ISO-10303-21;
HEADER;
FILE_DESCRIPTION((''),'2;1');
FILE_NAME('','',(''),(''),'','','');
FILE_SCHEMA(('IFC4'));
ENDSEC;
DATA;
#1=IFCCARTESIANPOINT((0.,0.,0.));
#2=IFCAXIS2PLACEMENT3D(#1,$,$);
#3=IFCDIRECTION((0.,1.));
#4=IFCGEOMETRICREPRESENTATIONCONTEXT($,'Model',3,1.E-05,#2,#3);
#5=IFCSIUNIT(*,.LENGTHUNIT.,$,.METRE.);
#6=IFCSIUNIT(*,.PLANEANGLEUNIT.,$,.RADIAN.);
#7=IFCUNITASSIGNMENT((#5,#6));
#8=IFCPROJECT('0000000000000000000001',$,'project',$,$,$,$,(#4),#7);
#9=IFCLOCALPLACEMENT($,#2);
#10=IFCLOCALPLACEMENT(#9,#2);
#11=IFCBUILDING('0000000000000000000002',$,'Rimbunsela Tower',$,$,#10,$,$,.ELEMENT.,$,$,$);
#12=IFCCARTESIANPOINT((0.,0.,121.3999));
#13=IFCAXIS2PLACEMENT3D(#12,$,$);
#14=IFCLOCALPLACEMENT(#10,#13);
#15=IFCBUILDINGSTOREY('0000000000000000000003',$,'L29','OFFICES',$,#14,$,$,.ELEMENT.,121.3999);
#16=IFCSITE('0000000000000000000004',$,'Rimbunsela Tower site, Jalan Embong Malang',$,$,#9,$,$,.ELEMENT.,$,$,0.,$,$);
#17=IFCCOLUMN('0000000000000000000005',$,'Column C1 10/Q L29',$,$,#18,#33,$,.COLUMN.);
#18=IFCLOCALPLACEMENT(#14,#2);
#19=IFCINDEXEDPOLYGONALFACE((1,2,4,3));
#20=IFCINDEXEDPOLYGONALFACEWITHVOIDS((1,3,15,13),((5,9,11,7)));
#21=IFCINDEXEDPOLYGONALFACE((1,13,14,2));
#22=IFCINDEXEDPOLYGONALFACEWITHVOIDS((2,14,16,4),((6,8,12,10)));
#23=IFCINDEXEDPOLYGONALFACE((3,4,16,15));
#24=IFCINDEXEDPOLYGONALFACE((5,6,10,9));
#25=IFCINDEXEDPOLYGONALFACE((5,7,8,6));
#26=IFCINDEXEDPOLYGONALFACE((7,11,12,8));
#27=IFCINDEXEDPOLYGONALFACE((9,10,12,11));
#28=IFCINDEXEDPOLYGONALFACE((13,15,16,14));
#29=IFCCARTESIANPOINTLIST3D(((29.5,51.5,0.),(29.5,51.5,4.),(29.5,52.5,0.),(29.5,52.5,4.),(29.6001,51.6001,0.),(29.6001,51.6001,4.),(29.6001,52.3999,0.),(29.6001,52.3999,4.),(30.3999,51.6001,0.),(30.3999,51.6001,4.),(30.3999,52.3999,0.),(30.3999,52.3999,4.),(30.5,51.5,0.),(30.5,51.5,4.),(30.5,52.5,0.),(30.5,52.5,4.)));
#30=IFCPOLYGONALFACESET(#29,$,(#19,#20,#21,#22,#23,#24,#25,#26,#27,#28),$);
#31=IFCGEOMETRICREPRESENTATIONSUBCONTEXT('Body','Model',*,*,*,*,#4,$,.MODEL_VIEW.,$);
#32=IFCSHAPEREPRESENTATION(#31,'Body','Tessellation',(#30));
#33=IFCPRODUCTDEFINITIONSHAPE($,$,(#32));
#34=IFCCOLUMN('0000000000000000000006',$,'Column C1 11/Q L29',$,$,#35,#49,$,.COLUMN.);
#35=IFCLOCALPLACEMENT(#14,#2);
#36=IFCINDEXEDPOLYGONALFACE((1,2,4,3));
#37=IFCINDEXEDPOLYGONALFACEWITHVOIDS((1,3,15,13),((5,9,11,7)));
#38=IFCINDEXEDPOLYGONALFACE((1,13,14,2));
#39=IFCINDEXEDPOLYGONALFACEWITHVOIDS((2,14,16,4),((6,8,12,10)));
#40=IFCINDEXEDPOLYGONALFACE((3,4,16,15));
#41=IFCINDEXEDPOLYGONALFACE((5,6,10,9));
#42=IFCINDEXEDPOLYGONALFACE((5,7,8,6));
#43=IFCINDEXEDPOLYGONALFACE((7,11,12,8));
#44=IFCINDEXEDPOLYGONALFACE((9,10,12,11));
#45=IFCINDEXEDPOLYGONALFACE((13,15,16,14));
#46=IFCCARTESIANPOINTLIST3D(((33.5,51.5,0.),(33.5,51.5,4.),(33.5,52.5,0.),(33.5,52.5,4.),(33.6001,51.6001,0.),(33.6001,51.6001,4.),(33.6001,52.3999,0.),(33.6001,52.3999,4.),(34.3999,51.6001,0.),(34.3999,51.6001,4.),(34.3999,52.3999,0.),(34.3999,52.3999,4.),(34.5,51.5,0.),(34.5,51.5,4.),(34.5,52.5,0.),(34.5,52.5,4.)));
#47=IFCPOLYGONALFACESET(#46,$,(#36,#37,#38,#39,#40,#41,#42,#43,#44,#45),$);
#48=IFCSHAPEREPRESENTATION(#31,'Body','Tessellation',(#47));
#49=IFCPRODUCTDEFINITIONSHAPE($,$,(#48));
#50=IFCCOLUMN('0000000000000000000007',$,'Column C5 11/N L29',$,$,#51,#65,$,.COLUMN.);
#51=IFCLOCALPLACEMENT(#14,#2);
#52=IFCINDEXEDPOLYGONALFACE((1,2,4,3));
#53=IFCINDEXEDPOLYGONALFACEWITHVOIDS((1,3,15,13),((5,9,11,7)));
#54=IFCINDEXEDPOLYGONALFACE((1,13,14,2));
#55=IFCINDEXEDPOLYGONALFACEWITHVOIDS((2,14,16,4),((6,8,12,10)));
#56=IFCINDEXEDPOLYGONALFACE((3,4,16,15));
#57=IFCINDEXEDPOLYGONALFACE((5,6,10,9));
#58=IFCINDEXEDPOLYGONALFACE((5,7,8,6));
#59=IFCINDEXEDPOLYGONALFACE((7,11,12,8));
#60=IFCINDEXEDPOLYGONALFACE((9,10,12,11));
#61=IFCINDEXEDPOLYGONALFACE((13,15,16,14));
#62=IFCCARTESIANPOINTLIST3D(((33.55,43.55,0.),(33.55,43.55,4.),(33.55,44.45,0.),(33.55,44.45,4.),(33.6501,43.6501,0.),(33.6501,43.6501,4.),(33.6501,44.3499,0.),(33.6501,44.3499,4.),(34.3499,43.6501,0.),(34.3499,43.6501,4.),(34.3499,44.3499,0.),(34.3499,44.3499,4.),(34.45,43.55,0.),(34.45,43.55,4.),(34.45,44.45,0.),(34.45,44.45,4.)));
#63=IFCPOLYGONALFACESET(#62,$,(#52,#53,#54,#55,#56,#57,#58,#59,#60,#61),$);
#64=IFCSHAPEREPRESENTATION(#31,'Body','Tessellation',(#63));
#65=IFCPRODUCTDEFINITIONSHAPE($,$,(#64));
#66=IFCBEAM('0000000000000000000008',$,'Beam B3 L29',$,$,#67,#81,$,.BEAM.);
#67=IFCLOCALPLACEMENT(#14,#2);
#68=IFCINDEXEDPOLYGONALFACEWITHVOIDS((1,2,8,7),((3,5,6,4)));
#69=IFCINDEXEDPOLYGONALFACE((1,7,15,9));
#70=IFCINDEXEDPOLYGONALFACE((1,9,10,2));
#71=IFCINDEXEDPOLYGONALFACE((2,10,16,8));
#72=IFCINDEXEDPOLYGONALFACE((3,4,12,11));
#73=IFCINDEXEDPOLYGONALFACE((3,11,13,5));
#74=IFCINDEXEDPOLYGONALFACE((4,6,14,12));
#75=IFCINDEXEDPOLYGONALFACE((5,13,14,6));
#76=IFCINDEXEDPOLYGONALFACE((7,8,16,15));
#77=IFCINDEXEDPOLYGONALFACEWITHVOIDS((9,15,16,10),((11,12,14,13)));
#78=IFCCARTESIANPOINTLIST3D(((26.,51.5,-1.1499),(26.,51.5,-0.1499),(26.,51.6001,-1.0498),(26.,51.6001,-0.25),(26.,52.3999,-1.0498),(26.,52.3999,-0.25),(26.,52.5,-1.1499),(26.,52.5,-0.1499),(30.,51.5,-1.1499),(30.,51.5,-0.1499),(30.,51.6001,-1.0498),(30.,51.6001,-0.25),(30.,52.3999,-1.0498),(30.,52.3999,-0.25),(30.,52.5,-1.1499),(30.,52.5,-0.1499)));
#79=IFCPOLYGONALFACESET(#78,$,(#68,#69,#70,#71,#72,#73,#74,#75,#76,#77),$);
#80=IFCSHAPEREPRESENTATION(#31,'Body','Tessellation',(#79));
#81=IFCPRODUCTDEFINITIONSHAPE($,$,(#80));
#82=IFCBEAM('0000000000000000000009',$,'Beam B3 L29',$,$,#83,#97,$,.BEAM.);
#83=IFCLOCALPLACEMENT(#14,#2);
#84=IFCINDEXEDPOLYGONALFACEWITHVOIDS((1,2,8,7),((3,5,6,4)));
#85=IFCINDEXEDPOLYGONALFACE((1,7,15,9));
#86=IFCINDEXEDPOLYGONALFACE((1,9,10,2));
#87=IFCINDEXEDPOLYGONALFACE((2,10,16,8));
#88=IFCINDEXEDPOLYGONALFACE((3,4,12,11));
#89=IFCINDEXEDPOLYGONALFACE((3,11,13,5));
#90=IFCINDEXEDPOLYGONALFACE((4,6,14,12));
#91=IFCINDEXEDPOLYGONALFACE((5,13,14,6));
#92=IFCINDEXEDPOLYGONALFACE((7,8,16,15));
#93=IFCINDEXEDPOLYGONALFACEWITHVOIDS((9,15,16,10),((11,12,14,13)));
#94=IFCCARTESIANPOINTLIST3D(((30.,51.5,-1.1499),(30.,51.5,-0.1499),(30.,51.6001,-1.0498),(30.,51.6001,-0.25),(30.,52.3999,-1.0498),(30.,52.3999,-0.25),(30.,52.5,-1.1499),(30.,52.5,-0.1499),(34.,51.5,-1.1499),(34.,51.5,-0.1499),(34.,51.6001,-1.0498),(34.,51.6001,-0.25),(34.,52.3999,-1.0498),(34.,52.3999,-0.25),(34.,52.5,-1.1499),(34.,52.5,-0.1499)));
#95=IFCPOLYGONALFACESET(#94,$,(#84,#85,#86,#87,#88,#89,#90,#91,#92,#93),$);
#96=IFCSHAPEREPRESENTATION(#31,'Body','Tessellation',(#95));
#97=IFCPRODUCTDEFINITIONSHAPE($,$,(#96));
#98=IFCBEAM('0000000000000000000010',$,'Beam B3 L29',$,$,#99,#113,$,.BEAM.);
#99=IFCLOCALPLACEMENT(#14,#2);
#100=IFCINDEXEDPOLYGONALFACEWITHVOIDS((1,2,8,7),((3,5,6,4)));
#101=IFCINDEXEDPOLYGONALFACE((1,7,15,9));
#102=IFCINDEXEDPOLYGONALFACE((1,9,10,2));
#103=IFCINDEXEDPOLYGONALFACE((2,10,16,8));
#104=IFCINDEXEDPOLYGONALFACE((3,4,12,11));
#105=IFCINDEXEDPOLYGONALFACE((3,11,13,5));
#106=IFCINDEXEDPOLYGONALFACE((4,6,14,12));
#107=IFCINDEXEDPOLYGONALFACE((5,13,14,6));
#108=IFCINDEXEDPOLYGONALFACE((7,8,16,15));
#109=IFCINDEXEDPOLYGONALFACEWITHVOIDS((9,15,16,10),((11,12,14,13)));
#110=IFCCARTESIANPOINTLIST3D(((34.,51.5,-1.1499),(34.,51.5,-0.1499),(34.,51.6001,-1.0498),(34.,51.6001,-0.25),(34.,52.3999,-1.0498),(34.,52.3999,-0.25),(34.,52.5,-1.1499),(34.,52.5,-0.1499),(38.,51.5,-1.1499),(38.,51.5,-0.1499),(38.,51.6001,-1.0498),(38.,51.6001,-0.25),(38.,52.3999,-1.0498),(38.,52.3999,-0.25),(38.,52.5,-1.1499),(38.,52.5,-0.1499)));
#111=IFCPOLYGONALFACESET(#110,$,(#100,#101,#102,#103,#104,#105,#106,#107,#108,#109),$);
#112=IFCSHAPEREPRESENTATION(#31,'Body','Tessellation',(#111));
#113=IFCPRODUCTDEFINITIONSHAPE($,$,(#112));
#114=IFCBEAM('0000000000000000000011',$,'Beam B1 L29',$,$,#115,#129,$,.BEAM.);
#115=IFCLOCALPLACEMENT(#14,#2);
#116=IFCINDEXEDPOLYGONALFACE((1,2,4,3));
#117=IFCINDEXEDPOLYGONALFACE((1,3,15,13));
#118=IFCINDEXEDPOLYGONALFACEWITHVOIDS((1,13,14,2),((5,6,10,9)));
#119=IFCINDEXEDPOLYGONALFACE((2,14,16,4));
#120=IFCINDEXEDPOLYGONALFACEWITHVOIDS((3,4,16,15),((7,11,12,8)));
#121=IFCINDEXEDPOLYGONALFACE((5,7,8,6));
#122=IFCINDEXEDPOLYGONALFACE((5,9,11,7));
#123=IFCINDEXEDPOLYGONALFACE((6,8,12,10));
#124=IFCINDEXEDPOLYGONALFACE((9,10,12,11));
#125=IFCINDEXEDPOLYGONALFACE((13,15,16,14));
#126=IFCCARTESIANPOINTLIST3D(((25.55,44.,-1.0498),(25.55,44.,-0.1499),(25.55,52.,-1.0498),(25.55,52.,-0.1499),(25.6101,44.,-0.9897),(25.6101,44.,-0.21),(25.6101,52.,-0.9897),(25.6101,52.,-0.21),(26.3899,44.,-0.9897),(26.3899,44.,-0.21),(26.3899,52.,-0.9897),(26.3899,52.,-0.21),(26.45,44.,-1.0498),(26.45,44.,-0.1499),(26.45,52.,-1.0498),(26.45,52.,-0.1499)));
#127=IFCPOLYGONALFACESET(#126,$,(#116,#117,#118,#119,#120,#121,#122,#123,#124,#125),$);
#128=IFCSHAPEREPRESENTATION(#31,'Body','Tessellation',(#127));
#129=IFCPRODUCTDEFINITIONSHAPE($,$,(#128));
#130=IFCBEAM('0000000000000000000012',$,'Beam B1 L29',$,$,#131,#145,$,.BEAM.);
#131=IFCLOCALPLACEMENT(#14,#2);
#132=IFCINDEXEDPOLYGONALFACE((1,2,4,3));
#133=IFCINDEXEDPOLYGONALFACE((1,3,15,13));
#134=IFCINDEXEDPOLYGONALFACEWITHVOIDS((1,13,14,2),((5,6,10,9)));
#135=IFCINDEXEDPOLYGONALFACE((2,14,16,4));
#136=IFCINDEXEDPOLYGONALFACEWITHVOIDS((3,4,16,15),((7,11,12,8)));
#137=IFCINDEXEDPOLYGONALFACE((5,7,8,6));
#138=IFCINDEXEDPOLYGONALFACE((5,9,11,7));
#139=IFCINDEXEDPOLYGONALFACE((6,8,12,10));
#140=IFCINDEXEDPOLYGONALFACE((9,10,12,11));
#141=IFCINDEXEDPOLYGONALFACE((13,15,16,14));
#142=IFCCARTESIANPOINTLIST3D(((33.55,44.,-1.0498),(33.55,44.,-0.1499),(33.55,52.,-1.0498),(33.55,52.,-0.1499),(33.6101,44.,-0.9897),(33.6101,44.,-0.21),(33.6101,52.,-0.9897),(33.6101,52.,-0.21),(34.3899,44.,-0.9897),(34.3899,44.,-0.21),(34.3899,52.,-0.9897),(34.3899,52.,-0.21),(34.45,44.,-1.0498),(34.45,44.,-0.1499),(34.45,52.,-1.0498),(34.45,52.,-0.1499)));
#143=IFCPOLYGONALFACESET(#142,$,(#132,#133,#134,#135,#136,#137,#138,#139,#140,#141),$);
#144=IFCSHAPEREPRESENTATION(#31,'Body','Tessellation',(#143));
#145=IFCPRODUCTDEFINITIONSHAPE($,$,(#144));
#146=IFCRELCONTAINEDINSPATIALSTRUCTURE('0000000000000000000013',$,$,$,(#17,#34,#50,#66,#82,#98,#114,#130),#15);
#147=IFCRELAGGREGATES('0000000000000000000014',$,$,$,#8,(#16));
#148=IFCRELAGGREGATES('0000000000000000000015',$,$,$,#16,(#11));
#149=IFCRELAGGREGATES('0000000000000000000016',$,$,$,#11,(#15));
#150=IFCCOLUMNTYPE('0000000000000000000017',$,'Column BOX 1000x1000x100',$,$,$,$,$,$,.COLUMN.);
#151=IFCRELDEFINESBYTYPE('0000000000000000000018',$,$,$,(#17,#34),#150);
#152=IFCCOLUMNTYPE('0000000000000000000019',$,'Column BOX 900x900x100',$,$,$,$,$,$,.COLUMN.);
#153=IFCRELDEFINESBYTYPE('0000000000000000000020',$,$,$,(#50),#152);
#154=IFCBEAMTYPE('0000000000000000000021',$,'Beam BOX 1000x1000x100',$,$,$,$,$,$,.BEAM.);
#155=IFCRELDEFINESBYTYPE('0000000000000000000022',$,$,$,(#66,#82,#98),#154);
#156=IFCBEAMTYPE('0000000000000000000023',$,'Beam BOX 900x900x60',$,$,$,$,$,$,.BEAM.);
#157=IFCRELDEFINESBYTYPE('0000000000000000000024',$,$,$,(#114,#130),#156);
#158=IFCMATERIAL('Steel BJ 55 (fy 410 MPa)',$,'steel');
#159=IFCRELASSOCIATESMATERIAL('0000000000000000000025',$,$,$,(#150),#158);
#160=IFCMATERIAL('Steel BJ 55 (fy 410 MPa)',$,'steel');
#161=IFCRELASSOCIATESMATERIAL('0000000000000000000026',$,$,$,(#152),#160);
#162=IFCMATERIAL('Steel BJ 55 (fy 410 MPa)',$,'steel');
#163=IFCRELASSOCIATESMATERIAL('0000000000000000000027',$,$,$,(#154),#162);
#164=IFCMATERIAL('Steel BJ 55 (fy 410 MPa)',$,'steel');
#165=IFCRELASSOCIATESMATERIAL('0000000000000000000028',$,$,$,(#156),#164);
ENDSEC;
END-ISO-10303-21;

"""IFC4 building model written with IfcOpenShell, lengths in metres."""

from ifc_helpers import new_model, si_unit, direction, frame, origin, origin_2d, place, context, subcontext, project, spatial, hollow_rectangle, extrude, material, material_profile, profile_set, type_object, element, save


model = new_model("IFC4")

# Units and contexts
model_context = context("Model", 3, precision=1e-05, world=origin(), true_north=direction((0.0, 1.0)))
body_context = subcontext(model_context, "Body", "Model", "MODEL_VIEW")
ifc_project = project(units=[si_unit("LENGTHUNIT", "METRE"), si_unit("PLANEANGLEUNIT", "RADIAN")], contexts=[model_context])

# Site, building, storey
site_placement = place(None, origin())
site = spatial("IfcSite", under=ifc_project, at=site_placement, Name="Rimbunsela Tower site, Jalan Embong Malang", CompositionType="ELEMENT", RefElevation=0.0)
building_placement = place(site_placement, origin())
building = spatial("IfcBuilding", under=site, at=building_placement, Name="Rimbunsela Tower", CompositionType="ELEMENT")
storey_placement = place(building_placement, frame((0.0, 0.0, 121.3999)))
storey = spatial("IfcBuildingStorey", under=building, at=storey_placement, Name="L29", Description="OFFICES", CompositionType="ELEMENT", Elevation=121.3999)

# Columns
ifc_material_1 = material(Name="Steel BJ 55 (fy 410 MPa)", Category="steel")
ifc_material_profile_1 = material_profile(ifc_material_1, hollow_rectangle(XDim=1.0, YDim=1.0, WallThickness=0.1001, at=origin_2d()), Name="BOX 1000x1000x100")
ifc_profile_set_1 = profile_set([ifc_material_profile_1], Name="Steel BJ 55 (fy 410 MPa)")
column_type_1 = type_object("IfcColumnType", Name="Column BOX 1000x1000x100", PredefinedType="COLUMN", material=ifc_profile_set_1)
for number, where, z_axis, x_axis, name in (
    (1, (30.0, 52.0, 0.0), (0.0, 0.0, 1.0), (1.0, 0.0, 0.0), "Column C1 10/Q L29"),
    (2, (34.0, 52.0, 0.0), (0.0, 0.0, 1.0), (1.0, 0.0, 0.0), "Column C1 11/Q L29"),
):
    element("IfcColumn", number, at=place(storey_placement, frame(where, z_axis=z_axis, x_axis=x_axis)), inside=storey, type_object=column_type_1, Name=name, PredefinedType="COLUMN", context=body_context, shape_type="SweptSolid", body=[
        extrude(hollow_rectangle(XDim=1.0, YDim=1.0, WallThickness=0.1001, at=origin_2d()), origin(), (0.0, 0.0, 1.0), 4.0),
    ])
ifc_material_2 = material(Name="Steel BJ 55 (fy 410 MPa)", Category="steel")
ifc_material_profile_2 = material_profile(ifc_material_2, hollow_rectangle(XDim=0.8999, YDim=0.8999, WallThickness=0.1001, at=origin_2d()), Name="BOX 900x900x100")
ifc_profile_set_2 = profile_set([ifc_material_profile_2], Name="Steel BJ 55 (fy 410 MPa)")
column_type_2 = type_object("IfcColumnType", Name="Column BOX 900x900x100", PredefinedType="COLUMN", material=ifc_profile_set_2)
column_placement = place(storey_placement, frame((34.0, 44.0, 0.0), z_axis=(0.0, 0.0, 1.0), x_axis=(1.0, 0.0, 0.0)))
element("IfcColumn", 3, at=column_placement, inside=storey, type_object=column_type_2, Name="Column C5 11/N L29", PredefinedType="COLUMN", context=body_context, shape_type="SweptSolid", body=[
    extrude(hollow_rectangle(XDim=0.8999, YDim=0.8999, WallThickness=0.1001, at=origin_2d()), origin(), (0.0, 0.0, 1.0), 4.0),
])

# Beams
ifc_material_3 = material(Name="Steel BJ 55 (fy 410 MPa)", Category="steel")
ifc_material_profile_3 = material_profile(ifc_material_3, hollow_rectangle(XDim=1.0, YDim=1.0, WallThickness=0.1001, at=origin_2d()), Name="BOX 1000x1000x100")
ifc_profile_set_3 = profile_set([ifc_material_profile_3], Name="Steel BJ 55 (fy 410 MPa)")
beam_type_1 = type_object("IfcBeamType", Name="Beam BOX 1000x1000x100", PredefinedType="BEAM", material=ifc_profile_set_3)
for number, where, z_axis, x_axis, name in (
    (4, (26.0, 52.0, -0.6499), (1.0, 0.0, 0.0), (0.0, 1.0, 0.0), "Beam B3 L29"),
    (5, (30.0, 52.0, -0.6499), (1.0, 0.0, 0.0), (0.0, 1.0, 0.0), "Beam B3 L29"),
    (6, (34.0, 52.0, -0.6499), (1.0, 0.0, 0.0), (0.0, 1.0, 0.0), "Beam B3 L29"),
):
    element("IfcBeam", number, at=place(storey_placement, frame(where, z_axis=z_axis, x_axis=x_axis)), inside=storey, type_object=beam_type_1, Name=name, PredefinedType="BEAM", context=body_context, shape_type="SweptSolid", body=[
        extrude(hollow_rectangle(XDim=1.0, YDim=1.0, WallThickness=0.1001, at=origin_2d()), origin(), (0.0, 0.0, 1.0), 4.0),
    ])
ifc_material_4 = material(Name="Steel BJ 55 (fy 410 MPa)", Category="steel")
ifc_material_profile_4 = material_profile(ifc_material_4, hollow_rectangle(XDim=0.8999, YDim=0.8999, WallThickness=0.0601, at=origin_2d()), Name="BOX 900x900x60")
ifc_profile_set_4 = profile_set([ifc_material_profile_4], Name="Steel BJ 55 (fy 410 MPa)")
beam_type_2 = type_object("IfcBeamType", Name="Beam BOX 900x900x60", PredefinedType="BEAM", material=ifc_profile_set_4)
for number, where, z_axis, x_axis, name in (
    (7, (26.0, 44.0, -0.5999), (0.0, 1.0, 0.0), (-1.0, 0.0, 0.0), "Beam B1 L29"),
    (8, (34.0, 44.0, -0.5999), (0.0, 1.0, 0.0), (-1.0, 0.0, 0.0), "Beam B1 L29"),
):
    element("IfcBeam", number, at=place(storey_placement, frame(where, z_axis=z_axis, x_axis=x_axis)), inside=storey, type_object=beam_type_2, Name=name, PredefinedType="BEAM", context=body_context, shape_type="SweptSolid", body=[
        extrude(hollow_rectangle(XDim=0.8999, YDim=0.8999, WallThickness=0.0601, at=origin_2d()), origin(), (0.0, 0.0, 1.0), 8.0),
    ])

save(model, "model.ifc")
